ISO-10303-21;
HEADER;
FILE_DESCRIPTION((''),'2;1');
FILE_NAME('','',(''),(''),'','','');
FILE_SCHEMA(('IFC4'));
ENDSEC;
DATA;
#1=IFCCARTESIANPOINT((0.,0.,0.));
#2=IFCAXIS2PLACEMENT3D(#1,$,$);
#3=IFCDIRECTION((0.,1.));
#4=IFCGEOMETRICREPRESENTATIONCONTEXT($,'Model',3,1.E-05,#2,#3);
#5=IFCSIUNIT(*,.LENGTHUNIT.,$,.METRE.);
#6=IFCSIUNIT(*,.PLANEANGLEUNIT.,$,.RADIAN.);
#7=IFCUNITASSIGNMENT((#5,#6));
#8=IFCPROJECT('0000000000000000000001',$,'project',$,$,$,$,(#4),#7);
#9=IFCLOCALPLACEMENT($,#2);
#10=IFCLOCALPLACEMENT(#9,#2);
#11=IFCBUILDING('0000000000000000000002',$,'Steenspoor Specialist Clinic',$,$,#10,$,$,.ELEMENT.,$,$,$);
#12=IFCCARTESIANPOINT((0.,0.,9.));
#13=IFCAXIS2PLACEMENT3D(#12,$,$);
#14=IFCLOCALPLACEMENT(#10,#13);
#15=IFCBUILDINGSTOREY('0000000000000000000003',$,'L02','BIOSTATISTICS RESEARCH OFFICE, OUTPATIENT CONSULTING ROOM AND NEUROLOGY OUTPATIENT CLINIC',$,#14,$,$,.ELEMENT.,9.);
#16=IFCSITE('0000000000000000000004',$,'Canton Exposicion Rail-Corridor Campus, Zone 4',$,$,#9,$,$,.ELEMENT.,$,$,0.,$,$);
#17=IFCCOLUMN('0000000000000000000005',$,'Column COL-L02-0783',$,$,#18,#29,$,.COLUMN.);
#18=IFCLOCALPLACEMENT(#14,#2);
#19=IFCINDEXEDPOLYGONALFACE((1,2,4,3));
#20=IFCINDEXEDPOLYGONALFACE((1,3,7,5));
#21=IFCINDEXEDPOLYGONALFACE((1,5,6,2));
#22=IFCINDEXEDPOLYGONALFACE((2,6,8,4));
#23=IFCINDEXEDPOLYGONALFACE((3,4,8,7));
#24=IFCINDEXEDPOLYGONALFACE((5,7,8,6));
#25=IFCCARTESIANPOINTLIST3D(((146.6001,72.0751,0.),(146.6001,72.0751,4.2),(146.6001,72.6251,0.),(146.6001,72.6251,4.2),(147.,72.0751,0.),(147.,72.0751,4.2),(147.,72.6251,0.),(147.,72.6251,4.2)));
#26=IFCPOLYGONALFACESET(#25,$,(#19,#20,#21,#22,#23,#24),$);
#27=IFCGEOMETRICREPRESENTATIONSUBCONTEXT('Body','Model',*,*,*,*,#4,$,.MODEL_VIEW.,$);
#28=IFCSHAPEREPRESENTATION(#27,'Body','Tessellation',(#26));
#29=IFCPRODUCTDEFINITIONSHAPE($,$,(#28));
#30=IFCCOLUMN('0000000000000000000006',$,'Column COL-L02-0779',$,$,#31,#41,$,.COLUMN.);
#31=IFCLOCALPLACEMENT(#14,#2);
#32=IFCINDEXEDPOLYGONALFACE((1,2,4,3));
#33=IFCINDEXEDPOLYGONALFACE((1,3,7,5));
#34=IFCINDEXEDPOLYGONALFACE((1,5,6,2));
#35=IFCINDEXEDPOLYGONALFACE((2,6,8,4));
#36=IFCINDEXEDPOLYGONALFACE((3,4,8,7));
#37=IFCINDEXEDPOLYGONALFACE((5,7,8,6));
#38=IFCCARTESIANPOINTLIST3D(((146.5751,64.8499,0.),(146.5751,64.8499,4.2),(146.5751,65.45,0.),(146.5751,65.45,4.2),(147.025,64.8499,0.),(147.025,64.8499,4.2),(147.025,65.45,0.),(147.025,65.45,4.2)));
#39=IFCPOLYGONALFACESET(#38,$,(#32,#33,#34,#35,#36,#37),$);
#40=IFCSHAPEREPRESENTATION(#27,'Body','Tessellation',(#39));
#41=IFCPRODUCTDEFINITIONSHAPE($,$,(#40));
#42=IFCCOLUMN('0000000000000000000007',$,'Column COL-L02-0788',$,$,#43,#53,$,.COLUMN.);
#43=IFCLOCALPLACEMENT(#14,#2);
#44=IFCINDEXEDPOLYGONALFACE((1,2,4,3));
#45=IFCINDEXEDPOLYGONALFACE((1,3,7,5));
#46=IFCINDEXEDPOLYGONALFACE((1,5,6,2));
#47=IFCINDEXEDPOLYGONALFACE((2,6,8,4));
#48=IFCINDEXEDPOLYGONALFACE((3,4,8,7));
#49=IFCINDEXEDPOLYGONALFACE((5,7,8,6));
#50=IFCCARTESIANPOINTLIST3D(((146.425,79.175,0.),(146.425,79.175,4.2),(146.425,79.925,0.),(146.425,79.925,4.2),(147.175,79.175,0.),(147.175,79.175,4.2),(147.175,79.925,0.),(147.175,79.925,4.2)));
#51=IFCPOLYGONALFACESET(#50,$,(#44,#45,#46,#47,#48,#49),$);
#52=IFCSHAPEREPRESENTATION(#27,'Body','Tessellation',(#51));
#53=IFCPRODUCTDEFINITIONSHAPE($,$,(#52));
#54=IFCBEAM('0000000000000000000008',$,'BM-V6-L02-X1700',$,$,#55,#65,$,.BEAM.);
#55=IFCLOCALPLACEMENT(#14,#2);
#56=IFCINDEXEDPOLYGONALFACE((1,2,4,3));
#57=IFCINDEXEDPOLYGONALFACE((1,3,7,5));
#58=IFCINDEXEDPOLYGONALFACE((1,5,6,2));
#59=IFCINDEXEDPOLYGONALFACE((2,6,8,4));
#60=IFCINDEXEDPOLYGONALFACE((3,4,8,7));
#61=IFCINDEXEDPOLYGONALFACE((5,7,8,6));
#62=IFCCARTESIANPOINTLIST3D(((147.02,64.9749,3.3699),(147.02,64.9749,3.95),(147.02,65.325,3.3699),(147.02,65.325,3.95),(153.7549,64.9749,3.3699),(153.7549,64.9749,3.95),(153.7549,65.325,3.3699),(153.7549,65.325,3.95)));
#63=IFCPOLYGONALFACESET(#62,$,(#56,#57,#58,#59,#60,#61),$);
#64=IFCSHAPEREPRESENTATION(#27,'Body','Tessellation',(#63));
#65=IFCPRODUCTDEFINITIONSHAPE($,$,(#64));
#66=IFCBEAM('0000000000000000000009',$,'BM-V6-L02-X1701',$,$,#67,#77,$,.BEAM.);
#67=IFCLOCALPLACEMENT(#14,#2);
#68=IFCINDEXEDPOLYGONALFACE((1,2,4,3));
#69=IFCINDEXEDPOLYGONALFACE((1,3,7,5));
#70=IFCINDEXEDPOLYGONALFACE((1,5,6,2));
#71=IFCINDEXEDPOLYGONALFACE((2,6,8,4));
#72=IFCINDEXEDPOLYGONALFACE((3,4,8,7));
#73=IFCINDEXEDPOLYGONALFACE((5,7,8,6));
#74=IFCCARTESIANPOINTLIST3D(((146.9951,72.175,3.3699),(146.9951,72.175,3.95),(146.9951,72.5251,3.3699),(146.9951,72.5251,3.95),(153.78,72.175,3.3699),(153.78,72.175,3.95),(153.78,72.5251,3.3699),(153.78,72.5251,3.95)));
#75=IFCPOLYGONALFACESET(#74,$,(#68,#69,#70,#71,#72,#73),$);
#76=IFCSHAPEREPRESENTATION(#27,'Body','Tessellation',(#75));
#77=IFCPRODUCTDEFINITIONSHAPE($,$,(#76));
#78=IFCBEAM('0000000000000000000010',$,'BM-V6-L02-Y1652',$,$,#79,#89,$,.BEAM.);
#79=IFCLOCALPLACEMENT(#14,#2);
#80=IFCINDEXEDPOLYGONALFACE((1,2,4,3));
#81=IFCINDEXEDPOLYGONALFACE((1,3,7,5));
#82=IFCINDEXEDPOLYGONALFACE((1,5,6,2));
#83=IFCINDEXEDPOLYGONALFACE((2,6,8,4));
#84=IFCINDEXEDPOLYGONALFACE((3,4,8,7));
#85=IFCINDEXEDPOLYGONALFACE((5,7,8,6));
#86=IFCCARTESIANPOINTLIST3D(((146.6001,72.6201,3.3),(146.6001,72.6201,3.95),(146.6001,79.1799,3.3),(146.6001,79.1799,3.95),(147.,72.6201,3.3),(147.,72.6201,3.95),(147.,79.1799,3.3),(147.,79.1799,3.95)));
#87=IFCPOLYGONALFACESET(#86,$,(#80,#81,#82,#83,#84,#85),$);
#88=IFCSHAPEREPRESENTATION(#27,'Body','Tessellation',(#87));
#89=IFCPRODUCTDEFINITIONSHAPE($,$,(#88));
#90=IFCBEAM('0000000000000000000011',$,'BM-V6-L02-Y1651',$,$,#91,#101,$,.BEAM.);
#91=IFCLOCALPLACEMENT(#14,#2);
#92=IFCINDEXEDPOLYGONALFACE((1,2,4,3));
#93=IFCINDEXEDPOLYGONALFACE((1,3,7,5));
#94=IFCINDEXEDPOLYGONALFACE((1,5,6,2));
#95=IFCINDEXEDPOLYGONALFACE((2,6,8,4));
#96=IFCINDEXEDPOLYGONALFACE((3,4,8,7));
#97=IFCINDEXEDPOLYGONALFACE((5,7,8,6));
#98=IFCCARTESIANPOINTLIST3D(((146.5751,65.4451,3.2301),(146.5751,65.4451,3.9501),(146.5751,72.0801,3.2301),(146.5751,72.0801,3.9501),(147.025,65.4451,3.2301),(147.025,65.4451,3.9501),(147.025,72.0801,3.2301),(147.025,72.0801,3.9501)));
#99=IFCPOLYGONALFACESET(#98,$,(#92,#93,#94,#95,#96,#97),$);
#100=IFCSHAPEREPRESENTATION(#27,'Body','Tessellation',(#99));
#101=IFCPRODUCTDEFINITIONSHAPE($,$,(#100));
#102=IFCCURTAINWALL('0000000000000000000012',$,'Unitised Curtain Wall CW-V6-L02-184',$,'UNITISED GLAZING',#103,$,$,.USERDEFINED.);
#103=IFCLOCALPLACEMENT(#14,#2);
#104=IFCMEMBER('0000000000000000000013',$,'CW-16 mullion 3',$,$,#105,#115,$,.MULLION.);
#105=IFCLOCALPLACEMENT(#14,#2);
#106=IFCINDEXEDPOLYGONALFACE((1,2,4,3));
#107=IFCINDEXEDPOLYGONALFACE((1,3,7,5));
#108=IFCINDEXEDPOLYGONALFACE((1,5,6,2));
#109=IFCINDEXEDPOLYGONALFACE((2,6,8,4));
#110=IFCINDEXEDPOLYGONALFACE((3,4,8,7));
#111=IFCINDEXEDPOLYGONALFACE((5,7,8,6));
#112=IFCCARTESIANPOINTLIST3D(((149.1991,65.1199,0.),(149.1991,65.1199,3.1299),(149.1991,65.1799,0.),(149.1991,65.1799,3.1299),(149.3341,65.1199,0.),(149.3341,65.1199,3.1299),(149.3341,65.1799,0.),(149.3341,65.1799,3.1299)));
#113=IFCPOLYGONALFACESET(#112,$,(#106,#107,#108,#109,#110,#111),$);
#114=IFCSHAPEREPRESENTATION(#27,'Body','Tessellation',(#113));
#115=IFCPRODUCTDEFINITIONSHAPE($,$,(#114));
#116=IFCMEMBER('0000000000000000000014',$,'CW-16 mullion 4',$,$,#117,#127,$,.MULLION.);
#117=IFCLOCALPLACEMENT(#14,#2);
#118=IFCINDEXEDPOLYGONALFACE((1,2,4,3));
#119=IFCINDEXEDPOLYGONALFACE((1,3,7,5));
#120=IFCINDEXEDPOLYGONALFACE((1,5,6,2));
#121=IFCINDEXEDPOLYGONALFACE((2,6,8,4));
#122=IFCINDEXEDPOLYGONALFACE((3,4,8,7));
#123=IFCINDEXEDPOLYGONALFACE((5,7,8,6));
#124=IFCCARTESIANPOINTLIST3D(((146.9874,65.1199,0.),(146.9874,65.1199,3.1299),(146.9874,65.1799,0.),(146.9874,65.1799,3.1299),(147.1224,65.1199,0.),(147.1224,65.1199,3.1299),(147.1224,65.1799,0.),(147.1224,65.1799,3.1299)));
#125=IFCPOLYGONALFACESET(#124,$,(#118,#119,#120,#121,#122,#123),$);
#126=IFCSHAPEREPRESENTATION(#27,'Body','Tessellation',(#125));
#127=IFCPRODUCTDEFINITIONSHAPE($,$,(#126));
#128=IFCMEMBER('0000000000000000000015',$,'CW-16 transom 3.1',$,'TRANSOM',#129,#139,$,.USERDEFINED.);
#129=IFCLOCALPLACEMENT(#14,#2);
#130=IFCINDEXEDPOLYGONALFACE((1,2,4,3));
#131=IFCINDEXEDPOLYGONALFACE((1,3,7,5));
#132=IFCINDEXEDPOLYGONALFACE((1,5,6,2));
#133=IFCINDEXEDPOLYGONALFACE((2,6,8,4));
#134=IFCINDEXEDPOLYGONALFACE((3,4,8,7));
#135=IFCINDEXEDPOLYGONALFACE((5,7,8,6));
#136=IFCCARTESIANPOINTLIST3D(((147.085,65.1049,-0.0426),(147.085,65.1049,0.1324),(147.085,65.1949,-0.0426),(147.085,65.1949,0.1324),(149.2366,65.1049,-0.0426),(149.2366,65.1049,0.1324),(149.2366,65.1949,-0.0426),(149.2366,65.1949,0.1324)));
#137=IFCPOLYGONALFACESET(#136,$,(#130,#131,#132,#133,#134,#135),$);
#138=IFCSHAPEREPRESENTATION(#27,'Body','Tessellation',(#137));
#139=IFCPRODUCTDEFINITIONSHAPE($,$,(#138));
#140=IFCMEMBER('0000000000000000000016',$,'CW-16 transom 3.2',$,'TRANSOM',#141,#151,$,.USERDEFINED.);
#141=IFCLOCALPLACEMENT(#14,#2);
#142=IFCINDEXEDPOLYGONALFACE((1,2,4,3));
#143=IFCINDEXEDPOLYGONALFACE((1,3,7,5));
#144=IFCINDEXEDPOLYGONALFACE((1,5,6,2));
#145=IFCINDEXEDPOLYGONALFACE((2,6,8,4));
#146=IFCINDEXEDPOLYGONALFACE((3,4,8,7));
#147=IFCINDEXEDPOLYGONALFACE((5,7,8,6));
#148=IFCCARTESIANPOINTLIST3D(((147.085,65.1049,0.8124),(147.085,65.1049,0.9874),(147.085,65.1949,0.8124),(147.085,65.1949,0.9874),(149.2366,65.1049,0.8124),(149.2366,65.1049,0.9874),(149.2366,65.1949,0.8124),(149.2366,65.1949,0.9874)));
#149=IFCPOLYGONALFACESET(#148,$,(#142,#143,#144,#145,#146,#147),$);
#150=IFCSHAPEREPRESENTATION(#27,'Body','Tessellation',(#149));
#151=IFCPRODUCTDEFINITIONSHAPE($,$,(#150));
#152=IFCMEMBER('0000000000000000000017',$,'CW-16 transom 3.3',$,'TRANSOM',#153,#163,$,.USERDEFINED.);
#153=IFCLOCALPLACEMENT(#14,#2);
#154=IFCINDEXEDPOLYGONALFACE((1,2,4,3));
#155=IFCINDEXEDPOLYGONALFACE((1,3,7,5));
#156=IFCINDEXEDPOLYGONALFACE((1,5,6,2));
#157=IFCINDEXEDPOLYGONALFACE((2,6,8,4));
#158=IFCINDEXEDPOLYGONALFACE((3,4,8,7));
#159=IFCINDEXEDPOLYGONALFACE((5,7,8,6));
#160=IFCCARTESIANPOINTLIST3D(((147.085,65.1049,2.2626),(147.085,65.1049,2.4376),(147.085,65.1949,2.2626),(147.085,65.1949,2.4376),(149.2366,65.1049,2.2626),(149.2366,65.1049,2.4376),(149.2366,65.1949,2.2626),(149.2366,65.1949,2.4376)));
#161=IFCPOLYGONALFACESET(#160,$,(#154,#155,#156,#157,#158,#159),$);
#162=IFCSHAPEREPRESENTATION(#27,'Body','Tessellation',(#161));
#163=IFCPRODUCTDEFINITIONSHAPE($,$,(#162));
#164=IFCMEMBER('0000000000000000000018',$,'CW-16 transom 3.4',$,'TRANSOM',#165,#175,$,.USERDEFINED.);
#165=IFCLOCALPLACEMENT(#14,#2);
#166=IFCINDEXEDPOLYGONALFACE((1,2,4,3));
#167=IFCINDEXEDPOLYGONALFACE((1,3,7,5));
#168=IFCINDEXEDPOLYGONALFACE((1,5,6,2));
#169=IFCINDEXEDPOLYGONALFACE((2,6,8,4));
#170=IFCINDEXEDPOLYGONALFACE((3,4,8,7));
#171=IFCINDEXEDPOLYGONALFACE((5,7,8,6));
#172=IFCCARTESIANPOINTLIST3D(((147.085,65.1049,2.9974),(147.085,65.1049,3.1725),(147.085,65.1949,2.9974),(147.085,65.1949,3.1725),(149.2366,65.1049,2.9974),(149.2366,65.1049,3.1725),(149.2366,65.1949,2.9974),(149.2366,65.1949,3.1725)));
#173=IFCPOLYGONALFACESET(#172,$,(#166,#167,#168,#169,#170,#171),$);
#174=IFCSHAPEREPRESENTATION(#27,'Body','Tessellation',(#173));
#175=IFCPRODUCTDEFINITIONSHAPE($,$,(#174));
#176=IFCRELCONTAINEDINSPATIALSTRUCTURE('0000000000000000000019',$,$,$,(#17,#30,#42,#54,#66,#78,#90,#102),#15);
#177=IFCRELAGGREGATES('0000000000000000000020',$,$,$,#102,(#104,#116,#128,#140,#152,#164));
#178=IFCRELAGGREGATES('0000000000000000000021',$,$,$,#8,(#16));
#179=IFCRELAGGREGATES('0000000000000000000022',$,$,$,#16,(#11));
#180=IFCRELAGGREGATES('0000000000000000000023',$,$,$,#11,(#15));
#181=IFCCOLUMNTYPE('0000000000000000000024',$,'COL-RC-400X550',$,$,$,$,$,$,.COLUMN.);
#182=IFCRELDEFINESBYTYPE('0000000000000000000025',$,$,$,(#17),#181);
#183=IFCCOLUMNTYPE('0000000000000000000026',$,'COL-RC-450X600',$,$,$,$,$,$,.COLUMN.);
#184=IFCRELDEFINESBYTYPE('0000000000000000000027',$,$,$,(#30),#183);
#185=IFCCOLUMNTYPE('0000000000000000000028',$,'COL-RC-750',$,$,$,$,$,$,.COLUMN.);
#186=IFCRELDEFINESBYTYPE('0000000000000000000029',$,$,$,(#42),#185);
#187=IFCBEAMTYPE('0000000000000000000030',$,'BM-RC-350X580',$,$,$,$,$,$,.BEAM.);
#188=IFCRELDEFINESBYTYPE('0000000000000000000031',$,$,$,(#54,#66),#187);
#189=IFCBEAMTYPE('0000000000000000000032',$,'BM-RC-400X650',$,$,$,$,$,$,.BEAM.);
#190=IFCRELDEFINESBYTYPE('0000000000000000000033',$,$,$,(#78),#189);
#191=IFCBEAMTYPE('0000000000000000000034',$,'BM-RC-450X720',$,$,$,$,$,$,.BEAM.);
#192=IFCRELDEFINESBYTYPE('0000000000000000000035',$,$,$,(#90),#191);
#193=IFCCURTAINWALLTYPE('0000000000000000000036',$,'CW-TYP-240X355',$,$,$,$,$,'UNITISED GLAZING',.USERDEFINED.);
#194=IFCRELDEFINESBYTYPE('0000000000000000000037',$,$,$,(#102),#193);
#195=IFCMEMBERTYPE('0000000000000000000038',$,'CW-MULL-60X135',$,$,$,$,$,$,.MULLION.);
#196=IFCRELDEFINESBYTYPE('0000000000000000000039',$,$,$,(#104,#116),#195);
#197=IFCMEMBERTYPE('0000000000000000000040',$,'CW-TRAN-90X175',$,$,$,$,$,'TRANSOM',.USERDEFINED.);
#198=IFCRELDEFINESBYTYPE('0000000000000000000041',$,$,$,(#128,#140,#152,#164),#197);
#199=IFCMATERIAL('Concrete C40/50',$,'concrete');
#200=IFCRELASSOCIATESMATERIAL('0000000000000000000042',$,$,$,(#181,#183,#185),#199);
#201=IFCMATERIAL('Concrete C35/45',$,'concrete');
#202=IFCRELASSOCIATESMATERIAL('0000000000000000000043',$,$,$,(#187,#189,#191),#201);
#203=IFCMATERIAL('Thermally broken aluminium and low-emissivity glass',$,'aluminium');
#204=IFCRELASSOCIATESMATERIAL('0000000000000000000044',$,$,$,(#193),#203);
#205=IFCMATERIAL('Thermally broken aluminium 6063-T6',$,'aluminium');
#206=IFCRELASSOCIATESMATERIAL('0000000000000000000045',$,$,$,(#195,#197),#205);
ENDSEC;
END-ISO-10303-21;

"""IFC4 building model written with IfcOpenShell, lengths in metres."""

from ifc_helpers import new_model, si_unit, direction, frame, origin, origin_2d, place, context, subcontext, project, spatial, rectangle, extrude, material, material_profile, profile_set, type_object, element, aggregate, save


model = new_model("IFC4")

# Units and contexts
model_context = context("Model", 3, precision=1e-05, world=origin(), true_north=direction((0.0, 1.0)))
body_context = subcontext(model_context, "Body", "Model", "MODEL_VIEW")
ifc_project = project(units=[si_unit("LENGTHUNIT", "METRE"), si_unit("PLANEANGLEUNIT", "RADIAN")], contexts=[model_context])

# Site, building, storey
site_placement = place(None, origin())
site = spatial("IfcSite", under=ifc_project, at=site_placement, Name="Canton Exposicion Rail-Corridor Campus, Zone 4", CompositionType="ELEMENT", RefElevation=0.0)
building_placement = place(site_placement, origin())
building = spatial("IfcBuilding", under=site, at=building_placement, Name="Steenspoor Specialist Clinic", CompositionType="ELEMENT")
storey_placement = place(building_placement, frame((0.0, 0.0, 9.0)))
storey = spatial("IfcBuildingStorey", under=building, at=storey_placement, Name="L02", Description="BIOSTATISTICS RESEARCH OFFICE, OUTPATIENT CONSULTING ROOM AND NEUROLOGY OUTPATIENT CLINIC", CompositionType="ELEMENT", Elevation=9.0)

# Columns
ifc_material_1 = material(Name="Concrete C40/50", Category="concrete")
ifc_material_profile_1 = material_profile(ifc_material_1, rectangle(XDim=0.3999, YDim=0.55, at=origin_2d()), Name="RC-COL-400X550")
ifc_profile_set_1 = profile_set([ifc_material_profile_1], Name="Concrete C40/50")
column_type_1 = type_object("IfcColumnType", Name="COL-RC-400X550", PredefinedType="COLUMN", material=ifc_profile_set_1)
column_1_placement = place(storey_placement, frame((146.8, 72.3501, 0.0), z_axis=(0.0, 0.0, 1.0), x_axis=(1.0, 0.0, 0.0)))
element("IfcColumn", 1, at=column_1_placement, inside=storey, type_object=column_type_1, Name="Column COL-L02-0783", PredefinedType="COLUMN", context=body_context, shape_type="SweptSolid", body=[
    extrude(rectangle(XDim=0.3999, YDim=0.55, at=origin_2d()), origin(), (0.0, 0.0, 1.0), 4.2),
])
ifc_material_profile_2 = material_profile(ifc_material_1, rectangle(XDim=0.45, YDim=0.6001, at=origin_2d()), Name="RC-COL-450X600")
ifc_profile_set_2 = profile_set([ifc_material_profile_2], Name="Concrete C40/50")
column_type_2 = type_object("IfcColumnType", Name="COL-RC-450X600", PredefinedType="COLUMN", material=ifc_profile_set_2)
column_2_placement = place(storey_placement, frame((146.8, 65.1499, 0.0), z_axis=(0.0, 0.0, 1.0), x_axis=(1.0, 0.0, 0.0)))
element("IfcColumn", 2, at=column_2_placement, inside=storey, type_object=column_type_2, Name="Column COL-L02-0779", PredefinedType="COLUMN", context=body_context, shape_type="SweptSolid", body=[
    extrude(rectangle(XDim=0.45, YDim=0.6001, at=origin_2d()), origin(), (0.0, 0.0, 1.0), 4.2),
])
ifc_material_profile_3 = material_profile(ifc_material_1, rectangle(XDim=0.75, YDim=0.75, at=origin_2d()), Name="RC-COL-750X750")
ifc_profile_set_3 = profile_set([ifc_material_profile_3], Name="Concrete C40/50")
column_type_3 = type_object("IfcColumnType", Name="COL-RC-750", PredefinedType="COLUMN", material=ifc_profile_set_3)
column_3_placement = place(storey_placement, frame((146.8, 79.55, 0.0), z_axis=(0.0, 0.0, 1.0), x_axis=(1.0, 0.0, 0.0)))
element("IfcColumn", 3, at=column_3_placement, inside=storey, type_object=column_type_3, Name="Column COL-L02-0788", PredefinedType="COLUMN", context=body_context, shape_type="SweptSolid", body=[
    extrude(rectangle(XDim=0.75, YDim=0.75, at=origin_2d()), origin(), (0.0, 0.0, 1.0), 4.2),
])

# Beams
ifc_material_2 = material(Name="Concrete C35/45", Category="concrete")
ifc_material_profile_4 = material_profile(ifc_material_2, rectangle(XDim=0.3501, YDim=0.5801, at=origin_2d()), Name="RC-BM-350X580")
ifc_profile_set_4 = profile_set([ifc_material_profile_4], Name="Concrete C35/45")
beam_type_1 = type_object("IfcBeamType", Name="BM-RC-350X580", PredefinedType="BEAM", material=ifc_profile_set_4)
beam_1_placement = place(storey_placement, frame((147.02, 65.1499, 3.6599), z_axis=(1.0, 0.0, 0.0), x_axis=(0.0, 1.0, 0.0)))
element("IfcBeam", 4, at=beam_1_placement, inside=storey, type_object=beam_type_1, Name="BM-V6-L02-X1700", PredefinedType="BEAM", context=body_context, shape_type="SweptSolid", body=[
    extrude(rectangle(XDim=0.3501, YDim=0.5801, at=origin_2d()), origin(), (0.0, 0.0, 1.0), 6.7349),
])
beam_2_placement = place(storey_placement, frame((146.9951, 72.3501, 3.6599), z_axis=(1.0, 0.0, 0.0), x_axis=(0.0, 1.0, 0.0)))
element("IfcBeam", 5, at=beam_2_placement, inside=storey, type_object=beam_type_1, Name="BM-V6-L02-X1701", PredefinedType="BEAM", context=body_context, shape_type="SweptSolid", body=[
    extrude(rectangle(XDim=0.3501, YDim=0.5801, at=origin_2d()), origin(), (0.0, 0.0, 1.0), 6.7849),
])
ifc_material_profile_5 = material_profile(ifc_material_2, rectangle(XDim=0.3999, YDim=0.6499, at=origin_2d()), Name="RC-BM-400X650")
ifc_profile_set_5 = profile_set([ifc_material_profile_5], Name="Concrete C35/45")
beam_type_2 = type_object("IfcBeamType", Name="BM-RC-400X650", PredefinedType="BEAM", material=ifc_profile_set_5)
beam_3_placement = place(storey_placement, frame((146.8, 72.6201, 3.625), z_axis=(0.0, 1.0, 0.0), x_axis=(-1.0, 0.0, 0.0)))
element("IfcBeam", 6, at=beam_3_placement, inside=storey, type_object=beam_type_2, Name="BM-V6-L02-Y1652", PredefinedType="BEAM", context=body_context, shape_type="SweptSolid", body=[
    extrude(rectangle(XDim=0.3999, YDim=0.6499, at=origin_2d()), origin(), (0.0, 0.0, 1.0), 6.5598),
])
ifc_material_profile_6 = material_profile(ifc_material_2, rectangle(XDim=0.45, YDim=0.72, at=origin_2d()), Name="RC-BM-450X720")
ifc_profile_set_6 = profile_set([ifc_material_profile_6], Name="Concrete C35/45")
beam_type_3 = type_object("IfcBeamType", Name="BM-RC-450X720", PredefinedType="BEAM", material=ifc_profile_set_6)
beam_4_placement = place(storey_placement, frame((146.8, 65.4451, 3.5901), z_axis=(0.0, 1.0, 0.0), x_axis=(-1.0, 0.0, 0.0)))
element("IfcBeam", 7, at=beam_4_placement, inside=storey, type_object=beam_type_3, Name="BM-V6-L02-Y1651", PredefinedType="BEAM", context=body_context, shape_type="SweptSolid", body=[
    extrude(rectangle(XDim=0.45, YDim=0.72, at=origin_2d()), origin(), (0.0, 0.0, 1.0), 6.635),
])

# Curtain wall, members
ifc_material_3 = material(Name="Thermally broken aluminium and low-emissivity glass", Category="aluminium")
curtain_wall_type = type_object("IfcCurtainWallType", Name="CW-TYP-240X355", ElementType="UNITISED GLAZING", PredefinedType="USERDEFINED", material=ifc_material_3)
curtain_wall_placement = place(storey_placement, origin())
curtain_wall = element("IfcCurtainWall", 8, at=curtain_wall_placement, inside=storey, type_object=curtain_wall_type, Name="Unitised Curtain Wall CW-V6-L02-184", ObjectType="UNITISED GLAZING", PredefinedType="USERDEFINED")
ifc_material_4 = material(Name="Thermally broken aluminium 6063-T6", Category="aluminium")
ifc_material_profile_7 = material_profile(ifc_material_4, rectangle(XDim=0.0601, YDim=0.135, at=origin_2d()), Name="CWM-60X135")
ifc_profile_set_7 = profile_set([ifc_material_profile_7], Name="Thermally broken aluminium 6063-T6")
member_type_1 = type_object("IfcMemberType", Name="CW-MULL-60X135", PredefinedType="MULLION", material=ifc_profile_set_7)
member_1_placement = place(storey_placement, frame((149.2666, 65.1499, 0.0), z_axis=(0.0, 0.0, 1.0), x_axis=(0.0, -1.0, 0.0)))
member_1 = element("IfcMember", 9, at=member_1_placement, type_object=member_type_1, Name="CW-16 mullion 3", PredefinedType="MULLION", context=body_context, shape_type="SweptSolid", body=[
    extrude(rectangle(XDim=0.0601, YDim=0.135, at=origin_2d()), origin(), (0.0, 0.0, 1.0), 3.1299),
])
member_2_placement = place(storey_placement, frame((147.0549, 65.1499, 0.0), z_axis=(0.0, 0.0, 1.0), x_axis=(0.0, -1.0, 0.0)))
member_2 = element("IfcMember", 10, at=member_2_placement, type_object=member_type_1, Name="CW-16 mullion 4", PredefinedType="MULLION", context=body_context, shape_type="SweptSolid", body=[
    extrude(rectangle(XDim=0.0601, YDim=0.135, at=origin_2d()), origin(), (0.0, 0.0, 1.0), 3.1299),
])
ifc_material_profile_8 = material_profile(ifc_material_4, rectangle(XDim=0.0901, YDim=0.175, at=origin_2d()), Name="CWT-90X175")
ifc_profile_set_8 = profile_set([ifc_material_profile_8], Name="Thermally broken aluminium 6063-T6")
member_type_2 = type_object("IfcMemberType", Name="CW-TRAN-90X175", ElementType="TRANSOM", PredefinedType="USERDEFINED", material=ifc_profile_set_8)
member_3_placement = place(storey_placement, frame((149.2366, 65.1499, 0.0449), z_axis=(-1.0, 0.0, 0.0), x_axis=(0.0, -1.0, 0.0)))
member_3 = element("IfcMember", 11, at=member_3_placement, type_object=member_type_2, Name="CW-16 transom 3.1", ObjectType="TRANSOM", PredefinedType="USERDEFINED", context=body_context, shape_type="SweptSolid", body=[
    extrude(rectangle(XDim=0.0901, YDim=0.175, at=origin_2d()), origin(), (0.0, 0.0, 1.0), 2.1516),
])
member_4_placement = place(storey_placement, frame((149.2366, 65.1499, 0.8999), z_axis=(-1.0, 0.0, 0.0), x_axis=(0.0, -1.0, 0.0)))
member_4 = element("IfcMember", 12, at=member_4_placement, type_object=member_type_2, Name="CW-16 transom 3.2", ObjectType="TRANSOM", PredefinedType="USERDEFINED", context=body_context, shape_type="SweptSolid", body=[
    extrude(rectangle(XDim=0.0901, YDim=0.175, at=origin_2d()), origin(), (0.0, 0.0, 1.0), 2.1516),
])
member_5_placement = place(storey_placement, frame((149.2366, 65.1499, 2.3501), z_axis=(-1.0, 0.0, 0.0), x_axis=(0.0, -1.0, 0.0)))
member_5 = element("IfcMember", 13, at=member_5_placement, type_object=member_type_2, Name="CW-16 transom 3.3", ObjectType="TRANSOM", PredefinedType="USERDEFINED", context=body_context, shape_type="SweptSolid", body=[
    extrude(rectangle(XDim=0.0901, YDim=0.175, at=origin_2d()), origin(), (0.0, 0.0, 1.0), 2.1516),
])
member_6_placement = place(storey_placement, frame((149.2366, 65.1499, 3.085), z_axis=(-1.0, 0.0, 0.0), x_axis=(0.0, -1.0, 0.0)))
member_6 = element("IfcMember", 14, at=member_6_placement, type_object=member_type_2, Name="CW-16 transom 3.4", ObjectType="TRANSOM", PredefinedType="USERDEFINED", context=body_context, shape_type="SweptSolid", body=[
    extrude(rectangle(XDim=0.0901, YDim=0.175, at=origin_2d()), origin(), (0.0, 0.0, 1.0), 2.1516),
])

aggregate(curtain_wall, [member_1, member_2, member_3, member_4, member_5, member_6])

save(model, "model.ifc")
